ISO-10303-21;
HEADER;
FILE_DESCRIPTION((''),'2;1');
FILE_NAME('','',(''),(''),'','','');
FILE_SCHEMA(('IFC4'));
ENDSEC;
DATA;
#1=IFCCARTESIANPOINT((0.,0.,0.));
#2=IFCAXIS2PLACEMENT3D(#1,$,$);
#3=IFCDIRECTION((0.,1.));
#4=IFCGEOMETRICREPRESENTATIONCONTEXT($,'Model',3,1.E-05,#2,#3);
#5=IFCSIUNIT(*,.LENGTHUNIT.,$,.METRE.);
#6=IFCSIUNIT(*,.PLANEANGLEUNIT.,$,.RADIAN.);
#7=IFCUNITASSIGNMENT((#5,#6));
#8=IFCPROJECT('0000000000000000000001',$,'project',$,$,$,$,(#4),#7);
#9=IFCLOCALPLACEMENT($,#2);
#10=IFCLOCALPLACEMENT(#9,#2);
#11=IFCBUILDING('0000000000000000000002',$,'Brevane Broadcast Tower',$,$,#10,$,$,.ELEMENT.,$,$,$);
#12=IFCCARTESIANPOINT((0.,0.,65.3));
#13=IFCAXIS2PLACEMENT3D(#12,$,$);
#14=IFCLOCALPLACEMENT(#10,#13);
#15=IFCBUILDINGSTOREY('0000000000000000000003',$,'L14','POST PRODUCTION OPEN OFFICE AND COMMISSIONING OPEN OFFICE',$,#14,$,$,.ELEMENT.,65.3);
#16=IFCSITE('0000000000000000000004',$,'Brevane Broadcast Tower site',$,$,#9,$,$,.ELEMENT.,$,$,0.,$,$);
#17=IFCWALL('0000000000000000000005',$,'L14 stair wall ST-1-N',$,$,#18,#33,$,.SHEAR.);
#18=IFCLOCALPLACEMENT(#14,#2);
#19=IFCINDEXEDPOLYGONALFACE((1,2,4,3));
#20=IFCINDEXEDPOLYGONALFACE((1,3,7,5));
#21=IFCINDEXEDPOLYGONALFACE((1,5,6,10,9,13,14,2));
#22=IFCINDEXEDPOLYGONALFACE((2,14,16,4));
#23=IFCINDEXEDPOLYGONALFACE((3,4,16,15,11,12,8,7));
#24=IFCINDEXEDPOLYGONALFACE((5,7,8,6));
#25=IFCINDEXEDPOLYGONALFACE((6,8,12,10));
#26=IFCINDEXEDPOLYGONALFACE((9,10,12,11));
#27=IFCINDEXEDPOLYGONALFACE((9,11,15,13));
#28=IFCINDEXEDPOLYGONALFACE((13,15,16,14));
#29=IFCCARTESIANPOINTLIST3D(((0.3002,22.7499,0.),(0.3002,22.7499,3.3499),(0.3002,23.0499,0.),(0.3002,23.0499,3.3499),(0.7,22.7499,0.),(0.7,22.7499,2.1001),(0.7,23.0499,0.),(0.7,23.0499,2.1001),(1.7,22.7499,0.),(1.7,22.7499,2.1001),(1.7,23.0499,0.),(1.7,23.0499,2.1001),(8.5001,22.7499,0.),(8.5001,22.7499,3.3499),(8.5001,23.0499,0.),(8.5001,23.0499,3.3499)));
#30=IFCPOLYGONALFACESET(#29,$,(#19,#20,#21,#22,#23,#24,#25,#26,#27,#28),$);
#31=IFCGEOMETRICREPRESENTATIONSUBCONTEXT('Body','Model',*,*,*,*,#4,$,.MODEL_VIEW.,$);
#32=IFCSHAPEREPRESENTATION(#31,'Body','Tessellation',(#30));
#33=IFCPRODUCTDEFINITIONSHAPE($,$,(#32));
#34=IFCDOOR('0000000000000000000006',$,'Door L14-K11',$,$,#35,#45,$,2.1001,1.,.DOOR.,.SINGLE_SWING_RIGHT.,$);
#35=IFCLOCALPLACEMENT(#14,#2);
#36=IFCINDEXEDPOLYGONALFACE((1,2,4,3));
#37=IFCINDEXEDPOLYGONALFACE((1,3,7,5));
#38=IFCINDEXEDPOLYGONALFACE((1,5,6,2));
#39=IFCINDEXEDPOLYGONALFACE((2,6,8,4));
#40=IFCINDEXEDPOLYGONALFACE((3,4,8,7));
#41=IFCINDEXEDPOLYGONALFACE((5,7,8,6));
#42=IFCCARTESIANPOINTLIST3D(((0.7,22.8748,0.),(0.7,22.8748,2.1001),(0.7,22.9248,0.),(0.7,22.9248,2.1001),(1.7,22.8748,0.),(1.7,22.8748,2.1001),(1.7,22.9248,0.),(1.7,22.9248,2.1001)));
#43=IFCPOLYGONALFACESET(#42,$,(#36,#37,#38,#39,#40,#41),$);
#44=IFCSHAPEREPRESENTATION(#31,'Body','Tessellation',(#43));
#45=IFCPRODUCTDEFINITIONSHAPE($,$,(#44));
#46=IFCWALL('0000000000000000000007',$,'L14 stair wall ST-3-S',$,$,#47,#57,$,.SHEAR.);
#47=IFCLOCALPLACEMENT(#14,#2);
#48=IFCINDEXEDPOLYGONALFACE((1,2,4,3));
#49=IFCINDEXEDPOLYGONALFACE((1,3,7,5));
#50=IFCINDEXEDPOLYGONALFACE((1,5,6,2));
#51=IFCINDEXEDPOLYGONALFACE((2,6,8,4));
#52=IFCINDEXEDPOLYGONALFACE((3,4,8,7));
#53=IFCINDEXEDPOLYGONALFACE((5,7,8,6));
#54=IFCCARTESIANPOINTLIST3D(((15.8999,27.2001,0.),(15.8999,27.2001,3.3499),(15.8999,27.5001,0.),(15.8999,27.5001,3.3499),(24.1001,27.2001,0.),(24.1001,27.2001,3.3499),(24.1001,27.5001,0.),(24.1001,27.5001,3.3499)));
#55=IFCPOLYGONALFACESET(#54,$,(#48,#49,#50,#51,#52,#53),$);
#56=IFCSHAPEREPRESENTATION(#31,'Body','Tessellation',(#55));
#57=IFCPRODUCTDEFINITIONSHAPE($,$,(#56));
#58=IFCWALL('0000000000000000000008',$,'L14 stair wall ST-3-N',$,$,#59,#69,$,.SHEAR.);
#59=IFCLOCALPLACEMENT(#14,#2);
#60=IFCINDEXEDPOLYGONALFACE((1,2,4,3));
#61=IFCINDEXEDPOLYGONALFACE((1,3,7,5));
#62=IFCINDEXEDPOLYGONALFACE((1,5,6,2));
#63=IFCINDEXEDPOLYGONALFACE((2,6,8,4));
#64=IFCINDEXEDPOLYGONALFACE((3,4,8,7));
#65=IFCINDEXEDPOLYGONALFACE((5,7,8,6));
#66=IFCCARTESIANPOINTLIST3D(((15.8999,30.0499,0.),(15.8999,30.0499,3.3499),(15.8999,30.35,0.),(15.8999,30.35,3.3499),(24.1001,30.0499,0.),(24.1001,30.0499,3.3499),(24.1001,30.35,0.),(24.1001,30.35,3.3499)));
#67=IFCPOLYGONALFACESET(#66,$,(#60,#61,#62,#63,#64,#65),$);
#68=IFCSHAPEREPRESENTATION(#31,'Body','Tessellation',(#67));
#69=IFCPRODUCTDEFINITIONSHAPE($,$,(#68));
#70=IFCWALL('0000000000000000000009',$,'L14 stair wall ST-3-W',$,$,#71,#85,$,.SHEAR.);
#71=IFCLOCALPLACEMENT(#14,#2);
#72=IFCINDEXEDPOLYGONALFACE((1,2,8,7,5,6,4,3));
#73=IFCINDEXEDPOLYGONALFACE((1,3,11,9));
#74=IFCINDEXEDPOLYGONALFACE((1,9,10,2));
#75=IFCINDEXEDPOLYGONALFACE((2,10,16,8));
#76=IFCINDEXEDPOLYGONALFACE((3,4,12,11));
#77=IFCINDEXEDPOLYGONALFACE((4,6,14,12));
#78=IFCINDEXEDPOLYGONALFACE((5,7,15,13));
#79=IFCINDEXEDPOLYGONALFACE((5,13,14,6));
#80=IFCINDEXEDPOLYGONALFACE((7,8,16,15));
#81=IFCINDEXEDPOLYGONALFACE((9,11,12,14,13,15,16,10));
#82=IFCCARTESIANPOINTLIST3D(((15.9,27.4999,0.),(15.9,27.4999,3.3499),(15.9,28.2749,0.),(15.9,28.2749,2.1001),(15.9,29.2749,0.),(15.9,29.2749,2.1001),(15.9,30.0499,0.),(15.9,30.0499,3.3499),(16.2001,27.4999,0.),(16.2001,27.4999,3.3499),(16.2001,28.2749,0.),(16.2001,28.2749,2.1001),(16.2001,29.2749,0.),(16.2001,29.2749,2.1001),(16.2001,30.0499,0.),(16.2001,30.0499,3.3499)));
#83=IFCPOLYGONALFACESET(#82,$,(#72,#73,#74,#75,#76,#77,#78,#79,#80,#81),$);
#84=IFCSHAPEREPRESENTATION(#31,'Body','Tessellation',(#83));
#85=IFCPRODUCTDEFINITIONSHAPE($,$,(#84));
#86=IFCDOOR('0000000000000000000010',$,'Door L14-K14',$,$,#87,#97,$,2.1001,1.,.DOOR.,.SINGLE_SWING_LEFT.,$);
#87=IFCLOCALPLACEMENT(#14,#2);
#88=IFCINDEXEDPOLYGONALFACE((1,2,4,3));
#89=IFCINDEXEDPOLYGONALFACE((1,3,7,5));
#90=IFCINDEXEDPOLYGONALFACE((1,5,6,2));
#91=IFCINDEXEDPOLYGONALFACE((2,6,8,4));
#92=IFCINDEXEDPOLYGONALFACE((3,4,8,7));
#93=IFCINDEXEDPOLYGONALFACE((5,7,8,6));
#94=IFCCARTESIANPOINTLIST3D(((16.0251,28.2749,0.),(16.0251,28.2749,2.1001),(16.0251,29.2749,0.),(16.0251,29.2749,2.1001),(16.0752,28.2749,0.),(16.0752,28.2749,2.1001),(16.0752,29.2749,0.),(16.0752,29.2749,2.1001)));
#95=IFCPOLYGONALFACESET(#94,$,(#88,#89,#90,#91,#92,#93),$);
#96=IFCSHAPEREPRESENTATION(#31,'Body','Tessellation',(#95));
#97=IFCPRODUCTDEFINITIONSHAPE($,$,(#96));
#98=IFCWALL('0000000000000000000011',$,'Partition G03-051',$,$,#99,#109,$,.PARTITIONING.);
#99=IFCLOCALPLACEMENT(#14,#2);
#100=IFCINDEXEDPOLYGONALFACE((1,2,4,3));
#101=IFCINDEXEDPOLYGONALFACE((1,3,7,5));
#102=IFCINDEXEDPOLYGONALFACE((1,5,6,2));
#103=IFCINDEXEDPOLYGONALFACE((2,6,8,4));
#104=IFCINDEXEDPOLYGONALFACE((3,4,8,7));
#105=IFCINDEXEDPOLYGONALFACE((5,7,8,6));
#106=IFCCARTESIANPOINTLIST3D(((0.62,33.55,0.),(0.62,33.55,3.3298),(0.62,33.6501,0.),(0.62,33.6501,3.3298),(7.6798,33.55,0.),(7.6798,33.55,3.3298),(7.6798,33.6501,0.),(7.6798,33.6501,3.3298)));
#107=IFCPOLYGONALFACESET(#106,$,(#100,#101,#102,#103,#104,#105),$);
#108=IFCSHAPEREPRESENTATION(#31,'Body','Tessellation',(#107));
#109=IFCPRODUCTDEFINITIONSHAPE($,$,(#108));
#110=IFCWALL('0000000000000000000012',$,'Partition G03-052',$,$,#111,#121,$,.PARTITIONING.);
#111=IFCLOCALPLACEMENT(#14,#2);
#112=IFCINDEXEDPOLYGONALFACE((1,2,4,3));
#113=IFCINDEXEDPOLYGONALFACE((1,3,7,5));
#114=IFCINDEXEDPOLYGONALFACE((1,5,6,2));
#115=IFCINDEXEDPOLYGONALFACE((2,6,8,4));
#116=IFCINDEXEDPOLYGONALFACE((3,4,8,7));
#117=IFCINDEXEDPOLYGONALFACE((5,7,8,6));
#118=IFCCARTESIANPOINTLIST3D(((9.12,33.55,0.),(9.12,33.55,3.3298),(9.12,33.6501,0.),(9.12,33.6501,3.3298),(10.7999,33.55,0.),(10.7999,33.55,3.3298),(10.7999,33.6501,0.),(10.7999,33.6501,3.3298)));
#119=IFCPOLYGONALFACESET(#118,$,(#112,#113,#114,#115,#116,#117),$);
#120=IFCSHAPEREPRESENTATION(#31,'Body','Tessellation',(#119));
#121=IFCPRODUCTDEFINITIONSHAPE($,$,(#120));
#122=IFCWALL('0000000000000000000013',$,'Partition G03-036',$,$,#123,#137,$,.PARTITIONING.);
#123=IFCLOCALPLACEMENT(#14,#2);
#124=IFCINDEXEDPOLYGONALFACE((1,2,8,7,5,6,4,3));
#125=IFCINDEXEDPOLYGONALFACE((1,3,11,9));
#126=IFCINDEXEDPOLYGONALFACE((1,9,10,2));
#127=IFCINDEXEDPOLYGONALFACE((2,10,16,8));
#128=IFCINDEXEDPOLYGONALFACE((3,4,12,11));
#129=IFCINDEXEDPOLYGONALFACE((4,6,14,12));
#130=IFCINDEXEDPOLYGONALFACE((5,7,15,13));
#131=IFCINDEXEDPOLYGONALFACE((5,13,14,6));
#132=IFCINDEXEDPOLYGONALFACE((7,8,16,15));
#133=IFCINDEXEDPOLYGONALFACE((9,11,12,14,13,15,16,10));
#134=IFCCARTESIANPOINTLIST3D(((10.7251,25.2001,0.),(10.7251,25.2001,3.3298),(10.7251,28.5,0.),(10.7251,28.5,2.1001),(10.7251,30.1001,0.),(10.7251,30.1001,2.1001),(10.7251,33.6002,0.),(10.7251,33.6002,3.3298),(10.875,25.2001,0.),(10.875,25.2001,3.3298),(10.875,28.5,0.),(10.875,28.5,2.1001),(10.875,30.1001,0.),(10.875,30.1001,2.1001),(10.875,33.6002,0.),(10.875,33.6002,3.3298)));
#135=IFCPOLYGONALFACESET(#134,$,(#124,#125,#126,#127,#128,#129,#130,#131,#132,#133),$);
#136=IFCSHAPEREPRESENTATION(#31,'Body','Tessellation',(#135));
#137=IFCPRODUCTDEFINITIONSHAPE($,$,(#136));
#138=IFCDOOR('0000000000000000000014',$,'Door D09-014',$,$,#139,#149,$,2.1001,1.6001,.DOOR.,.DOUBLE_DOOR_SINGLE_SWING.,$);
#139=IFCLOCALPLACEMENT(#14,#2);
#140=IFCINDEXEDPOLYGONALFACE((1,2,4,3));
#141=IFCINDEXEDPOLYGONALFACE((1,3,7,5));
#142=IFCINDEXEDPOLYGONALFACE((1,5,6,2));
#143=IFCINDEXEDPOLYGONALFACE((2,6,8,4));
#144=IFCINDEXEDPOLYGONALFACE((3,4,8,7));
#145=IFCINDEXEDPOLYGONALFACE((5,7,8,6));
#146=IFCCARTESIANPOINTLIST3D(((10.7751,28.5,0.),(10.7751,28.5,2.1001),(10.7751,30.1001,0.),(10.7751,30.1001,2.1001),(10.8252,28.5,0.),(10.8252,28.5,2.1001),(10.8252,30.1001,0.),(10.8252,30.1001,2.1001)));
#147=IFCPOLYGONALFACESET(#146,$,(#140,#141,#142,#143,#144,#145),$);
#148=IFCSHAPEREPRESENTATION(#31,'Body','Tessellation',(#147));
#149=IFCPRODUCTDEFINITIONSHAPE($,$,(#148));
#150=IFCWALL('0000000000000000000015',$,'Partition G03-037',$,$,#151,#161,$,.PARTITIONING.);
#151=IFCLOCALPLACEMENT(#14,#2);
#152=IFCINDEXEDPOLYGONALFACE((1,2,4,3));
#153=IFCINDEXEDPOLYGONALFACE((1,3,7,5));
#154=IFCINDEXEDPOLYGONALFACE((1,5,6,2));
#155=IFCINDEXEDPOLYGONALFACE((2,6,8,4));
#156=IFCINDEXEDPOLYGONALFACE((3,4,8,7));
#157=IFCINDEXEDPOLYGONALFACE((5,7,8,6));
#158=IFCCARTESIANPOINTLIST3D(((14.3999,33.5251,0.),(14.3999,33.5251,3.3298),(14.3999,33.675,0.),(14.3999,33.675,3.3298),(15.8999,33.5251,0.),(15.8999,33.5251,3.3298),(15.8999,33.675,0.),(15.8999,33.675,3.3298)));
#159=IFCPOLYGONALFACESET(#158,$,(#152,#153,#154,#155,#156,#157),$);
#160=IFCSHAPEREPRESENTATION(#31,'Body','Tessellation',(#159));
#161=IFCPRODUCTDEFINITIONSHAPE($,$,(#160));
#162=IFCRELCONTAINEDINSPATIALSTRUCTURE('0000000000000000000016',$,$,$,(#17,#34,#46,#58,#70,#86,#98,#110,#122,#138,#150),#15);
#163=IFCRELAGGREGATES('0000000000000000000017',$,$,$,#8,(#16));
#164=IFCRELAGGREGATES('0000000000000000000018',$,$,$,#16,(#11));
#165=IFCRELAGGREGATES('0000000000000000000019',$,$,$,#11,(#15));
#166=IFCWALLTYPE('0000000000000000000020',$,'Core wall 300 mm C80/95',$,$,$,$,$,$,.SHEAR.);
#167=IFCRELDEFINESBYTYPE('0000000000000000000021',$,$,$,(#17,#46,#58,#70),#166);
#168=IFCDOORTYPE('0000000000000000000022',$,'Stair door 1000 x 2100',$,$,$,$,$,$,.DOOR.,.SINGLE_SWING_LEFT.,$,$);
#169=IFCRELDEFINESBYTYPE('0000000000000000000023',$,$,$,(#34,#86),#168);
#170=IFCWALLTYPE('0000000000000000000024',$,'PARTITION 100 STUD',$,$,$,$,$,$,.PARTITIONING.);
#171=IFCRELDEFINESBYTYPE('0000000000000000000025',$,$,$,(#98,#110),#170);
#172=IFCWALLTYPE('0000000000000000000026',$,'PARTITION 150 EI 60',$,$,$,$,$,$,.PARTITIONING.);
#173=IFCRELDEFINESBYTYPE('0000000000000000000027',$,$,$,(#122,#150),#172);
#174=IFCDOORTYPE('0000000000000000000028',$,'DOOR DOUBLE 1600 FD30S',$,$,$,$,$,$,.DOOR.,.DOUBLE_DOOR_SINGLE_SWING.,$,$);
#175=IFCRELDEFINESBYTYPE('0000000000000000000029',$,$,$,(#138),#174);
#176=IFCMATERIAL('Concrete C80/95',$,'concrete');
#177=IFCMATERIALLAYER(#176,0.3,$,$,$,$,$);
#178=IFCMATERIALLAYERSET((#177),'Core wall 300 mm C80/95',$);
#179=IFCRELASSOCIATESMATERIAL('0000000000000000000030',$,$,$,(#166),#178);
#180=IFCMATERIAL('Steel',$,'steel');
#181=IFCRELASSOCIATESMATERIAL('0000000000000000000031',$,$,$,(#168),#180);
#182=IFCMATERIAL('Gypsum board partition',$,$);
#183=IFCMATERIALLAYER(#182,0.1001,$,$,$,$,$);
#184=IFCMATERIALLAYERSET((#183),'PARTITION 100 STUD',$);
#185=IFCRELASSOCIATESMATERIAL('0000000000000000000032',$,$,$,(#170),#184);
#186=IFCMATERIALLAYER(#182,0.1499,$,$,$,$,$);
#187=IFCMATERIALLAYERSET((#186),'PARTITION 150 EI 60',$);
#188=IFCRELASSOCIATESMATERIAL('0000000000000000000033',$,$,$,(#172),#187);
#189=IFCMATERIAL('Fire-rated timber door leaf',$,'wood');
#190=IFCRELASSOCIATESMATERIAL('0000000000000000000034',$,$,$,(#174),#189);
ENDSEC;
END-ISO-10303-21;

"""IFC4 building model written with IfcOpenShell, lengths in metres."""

from ifc_helpers import new_model, si_unit, direction, frame, frame_2d, origin, place, context, subcontext, project, spatial, rectangle, extrude, material, layer, layer_set, type_object, element, fill, save


model = new_model("IFC4")

# Units and contexts
model_context = context("Model", 3, precision=1e-05, world=origin(), true_north=direction((0.0, 1.0)))
body_context = subcontext(model_context, "Body", "Model", "MODEL_VIEW")
ifc_project = project(units=[si_unit("LENGTHUNIT", "METRE"), si_unit("PLANEANGLEUNIT", "RADIAN")], contexts=[model_context])

# Site, building, storey
site_placement = place(None, origin())
site = spatial("IfcSite", under=ifc_project, at=site_placement, Name="Brevane Broadcast Tower site", CompositionType="ELEMENT", RefElevation=0.0)
building_placement = place(site_placement, origin())
building = spatial("IfcBuilding", under=site, at=building_placement, Name="Brevane Broadcast Tower", CompositionType="ELEMENT")
storey_placement = place(building_placement, frame((0.0, 0.0, 65.3)))
storey = spatial("IfcBuildingStorey", under=building, at=storey_placement, Name="L14", Description="POST PRODUCTION OPEN OFFICE AND COMMISSIONING OPEN OFFICE", CompositionType="ELEMENT", Elevation=65.3)

# Shared definitions
ifc_material_1 = material(Name="Concrete C80/95", Category="concrete")

# Wall, opening, door
ifc_layer_1 = layer(ifc_material_1, 0.3)
ifc_layer_set_1 = layer_set([ifc_layer_1], Name="Core wall 300 mm C80/95")
wall_type_1 = type_object("IfcWallType", Name="Core wall 300 mm C80/95", PredefinedType="SHEAR", material=ifc_layer_set_1)
wall_1_placement = place(storey_placement, frame((0.3, 22.8999, 0.0), z_axis=(0.0, 0.0, 1.0), x_axis=(1.0, 0.0, 0.0)))
wall_1 = element("IfcWall", 1, at=wall_1_placement, inside=storey, type_object=wall_type_1, Name="L14 stair wall ST-1-N", PredefinedType="SHEAR", context=body_context, shape_type="SweptSolid", body=[
    extrude(rectangle(XDim=8.2, YDim=0.3, at=frame_2d((4.1001, 0.0))), origin(), (0.0, 0.0, 1.0), 3.3499),
])
opening_1_placement = place(wall_1_placement, frame((0.3999, 0.0, 0.0)))
opening_1 = element("IfcOpeningElement", 2, at=opening_1_placement, cuts=wall_1, PredefinedType="OPENING", context=body_context, shape_type="SweptSolid", body=[
    extrude(rectangle(XDim=1.0, YDim=2.1001, at=frame_2d((0.5, 1.05))), frame((0.0, 0.1599, 0.0), z_axis=(0.0, -1.0, 0.0), x_axis=(1.0, 0.0, 0.0)), (0.0, 0.0, 1.0), 0.3201),
])
ifc_material_2 = material(Name="Steel", Category="steel")
door_type_1 = type_object("IfcDoorType", Name="Stair door 1000 x 2100", OperationType="SINGLE_SWING_LEFT", PredefinedType="DOOR", material=ifc_material_2)
door_1_placement = place(opening_1_placement, origin())
door_1 = element("IfcDoor", 3, at=door_1_placement, inside=storey, type_object=door_type_1, Name="Door L14-K11", OperationType="SINGLE_SWING_RIGHT", OverallHeight=2.1001, OverallWidth=1.0, PredefinedType="DOOR", context=body_context, shape_type="SweptSolid", body=[
    extrude(rectangle(XDim=1.0, YDim=2.1001, at=frame_2d((0.5, 1.05))), frame((0.0, 0.0249, 0.0), z_axis=(0.0, -1.0, 0.0), x_axis=(1.0, 0.0, 0.0)), (0.0, 0.0, 1.0), 0.05),
])
fill(opening_1, door_1)

# Walls
for number, where, z_axis, x_axis, name in (
    (4, (15.8999, 27.3501, 0.0), (0.0, 0.0, 1.0), (1.0, 0.0, 0.0), "L14 stair wall ST-3-S"),
    (5, (15.8999, 30.2, 0.0), (0.0, 0.0, 1.0), (1.0, 0.0, 0.0), "L14 stair wall ST-3-N"),
):
    element("IfcWall", number, at=place(storey_placement, frame(where, z_axis=z_axis, x_axis=x_axis)), inside=storey, type_object=wall_type_1, Name=name, PredefinedType="SHEAR", context=body_context, shape_type="SweptSolid", body=[
        extrude(rectangle(XDim=8.2002, YDim=0.3, at=frame_2d((4.1001, 0.0))), origin(), (0.0, 0.0, 1.0), 3.3499),
    ])

# Wall, opening, door
wall_2_placement = place(storey_placement, frame((16.05, 27.5, 0.0), z_axis=(0.0, 0.0, 1.0), x_axis=(0.0, 1.0, 0.0)))
wall_2 = element("IfcWall", 6, at=wall_2_placement, inside=storey, type_object=wall_type_1, Name="L14 stair wall ST-3-W", PredefinedType="SHEAR", context=body_context, shape_type="SweptSolid", body=[
    extrude(rectangle(XDim=2.55, YDim=0.3, at=frame_2d((1.2749, 0.0))), origin(), (0.0, 0.0, 1.0), 3.3499),
])
opening_2_placement = place(wall_2_placement, frame((0.7749, 0.0, 0.0)))
opening_2 = element("IfcOpeningElement", 7, at=opening_2_placement, cuts=wall_2, PredefinedType="OPENING", context=body_context, shape_type="SweptSolid", body=[
    extrude(rectangle(XDim=1.0, YDim=2.1001, at=frame_2d((0.5, 1.05))), frame((0.0, 0.1599, 0.0), z_axis=(0.0, -1.0, 0.0), x_axis=(1.0, 0.0, 0.0)), (0.0, 0.0, 1.0), 0.3201),
])
door_2_placement = place(opening_2_placement, origin())
door_2 = element("IfcDoor", 8, at=door_2_placement, inside=storey, type_object=door_type_1, Name="Door L14-K14", OperationType="SINGLE_SWING_LEFT", OverallHeight=2.1001, OverallWidth=1.0, PredefinedType="DOOR", context=body_context, shape_type="SweptSolid", body=[
    extrude(rectangle(XDim=1.0, YDim=2.1001, at=frame_2d((0.5, 1.05))), frame((0.0, 0.0249, 0.0), z_axis=(0.0, -1.0, 0.0), x_axis=(1.0, 0.0, 0.0)), (0.0, 0.0, 1.0), 0.05),
])
fill(opening_2, door_2)

# Walls
ifc_material_3 = material(Name="Gypsum board partition")
ifc_layer_2 = layer(ifc_material_3, 0.1001)
ifc_layer_set_2 = layer_set([ifc_layer_2], Name="PARTITION 100 STUD")
wall_type_2 = type_object("IfcWallType", Name="PARTITION 100 STUD", PredefinedType="PARTITIONING", material=ifc_layer_set_2)
wall_3_placement = place(storey_placement, frame((0.6201, 33.6001, 0.0), z_axis=(0.0, 0.0, 1.0), x_axis=(1.0, 0.0, 0.0)))
element("IfcWall", 9, at=wall_3_placement, inside=storey, type_object=wall_type_2, Name="Partition G03-051", PredefinedType="PARTITIONING", context=body_context, shape_type="SweptSolid", body=[
    extrude(rectangle(XDim=7.0598, YDim=0.1001, at=frame_2d((3.5298, 0.0))), origin(), (0.0, 0.0, 1.0), 3.3298),
])
wall_4_placement = place(storey_placement, frame((9.1201, 33.6001, 0.0), z_axis=(0.0, 0.0, 1.0), x_axis=(1.0, 0.0, 0.0)))
element("IfcWall", 10, at=wall_4_placement, inside=storey, type_object=wall_type_2, Name="Partition G03-052", PredefinedType="PARTITIONING", context=body_context, shape_type="SweptSolid", body=[
    extrude(rectangle(XDim=1.6799, YDim=0.1001, at=frame_2d((0.8398, 0.0))), origin(), (0.0, 0.0, 1.0), 3.3298),
])

# Wall, opening, door
ifc_layer_3 = layer(ifc_material_3, 0.1499)
ifc_layer_set_3 = layer_set([ifc_layer_3], Name="PARTITION 150 EI 60")
wall_type_3 = type_object("IfcWallType", Name="PARTITION 150 EI 60", PredefinedType="PARTITIONING", material=ifc_layer_set_3)
wall_5_placement = place(storey_placement, frame((10.8, 25.2, 0.0), z_axis=(0.0, 0.0, 1.0), x_axis=(0.0, 1.0, 0.0)))
wall_5 = element("IfcWall", 11, at=wall_5_placement, inside=storey, type_object=wall_type_3, Name="Partition G03-036", PredefinedType="PARTITIONING", context=body_context, shape_type="SweptSolid", body=[
    extrude(rectangle(XDim=8.4001, YDim=0.1499, at=frame_2d((4.2002, 0.0))), origin(), (0.0, 0.0, 1.0), 3.3298),
])
opening_3_placement = place(wall_5_placement, frame((3.3, 0.0, 0.0)))
opening_3 = element("IfcOpeningElement", 12, at=opening_3_placement, cuts=wall_5, PredefinedType="OPENING", context=body_context, shape_type="SweptSolid", body=[
    extrude(rectangle(XDim=1.6001, YDim=2.1001, at=frame_2d((0.8, 1.05))), frame((0.0, 0.085, 0.0), z_axis=(0.0, -1.0, 0.0), x_axis=(1.0, 0.0, 0.0)), (0.0, 0.0, 1.0), 0.1699),
])
ifc_material_4 = material(Name="Fire-rated timber door leaf", Category="wood")
door_type_2 = type_object("IfcDoorType", Name="DOOR DOUBLE 1600 FD30S", OperationType="DOUBLE_DOOR_SINGLE_SWING", PredefinedType="DOOR", material=ifc_material_4)
door_3_placement = place(opening_3_placement, origin())
door_3 = element("IfcDoor", 13, at=door_3_placement, inside=storey, type_object=door_type_2, Name="Door D09-014", OperationType="DOUBLE_DOOR_SINGLE_SWING", OverallHeight=2.1001, OverallWidth=1.6001, PredefinedType="DOOR", context=body_context, shape_type="SweptSolid", body=[
    extrude(rectangle(XDim=1.6001, YDim=2.1001, at=frame_2d((0.8, 1.05))), frame((0.0, 0.0249, 0.0), z_axis=(0.0, -1.0, 0.0), x_axis=(1.0, 0.0, 0.0)), (0.0, 0.0, 1.0), 0.05),
])
fill(opening_3, door_3)

# Wall
wall_6_placement = place(storey_placement, frame((14.3999, 33.6001, 0.0), z_axis=(0.0, 0.0, 1.0), x_axis=(1.0, 0.0, 0.0)))
element("IfcWall", 14, at=wall_6_placement, inside=storey, type_object=wall_type_3, Name="Partition G03-037", PredefinedType="PARTITIONING", context=body_context, shape_type="SweptSolid", body=[
    extrude(rectangle(XDim=1.5, YDim=0.1499, at=frame_2d((0.75, 0.0))), origin(), (0.0, 0.0, 1.0), 3.3298),
])

save(model, "model.ifc")
